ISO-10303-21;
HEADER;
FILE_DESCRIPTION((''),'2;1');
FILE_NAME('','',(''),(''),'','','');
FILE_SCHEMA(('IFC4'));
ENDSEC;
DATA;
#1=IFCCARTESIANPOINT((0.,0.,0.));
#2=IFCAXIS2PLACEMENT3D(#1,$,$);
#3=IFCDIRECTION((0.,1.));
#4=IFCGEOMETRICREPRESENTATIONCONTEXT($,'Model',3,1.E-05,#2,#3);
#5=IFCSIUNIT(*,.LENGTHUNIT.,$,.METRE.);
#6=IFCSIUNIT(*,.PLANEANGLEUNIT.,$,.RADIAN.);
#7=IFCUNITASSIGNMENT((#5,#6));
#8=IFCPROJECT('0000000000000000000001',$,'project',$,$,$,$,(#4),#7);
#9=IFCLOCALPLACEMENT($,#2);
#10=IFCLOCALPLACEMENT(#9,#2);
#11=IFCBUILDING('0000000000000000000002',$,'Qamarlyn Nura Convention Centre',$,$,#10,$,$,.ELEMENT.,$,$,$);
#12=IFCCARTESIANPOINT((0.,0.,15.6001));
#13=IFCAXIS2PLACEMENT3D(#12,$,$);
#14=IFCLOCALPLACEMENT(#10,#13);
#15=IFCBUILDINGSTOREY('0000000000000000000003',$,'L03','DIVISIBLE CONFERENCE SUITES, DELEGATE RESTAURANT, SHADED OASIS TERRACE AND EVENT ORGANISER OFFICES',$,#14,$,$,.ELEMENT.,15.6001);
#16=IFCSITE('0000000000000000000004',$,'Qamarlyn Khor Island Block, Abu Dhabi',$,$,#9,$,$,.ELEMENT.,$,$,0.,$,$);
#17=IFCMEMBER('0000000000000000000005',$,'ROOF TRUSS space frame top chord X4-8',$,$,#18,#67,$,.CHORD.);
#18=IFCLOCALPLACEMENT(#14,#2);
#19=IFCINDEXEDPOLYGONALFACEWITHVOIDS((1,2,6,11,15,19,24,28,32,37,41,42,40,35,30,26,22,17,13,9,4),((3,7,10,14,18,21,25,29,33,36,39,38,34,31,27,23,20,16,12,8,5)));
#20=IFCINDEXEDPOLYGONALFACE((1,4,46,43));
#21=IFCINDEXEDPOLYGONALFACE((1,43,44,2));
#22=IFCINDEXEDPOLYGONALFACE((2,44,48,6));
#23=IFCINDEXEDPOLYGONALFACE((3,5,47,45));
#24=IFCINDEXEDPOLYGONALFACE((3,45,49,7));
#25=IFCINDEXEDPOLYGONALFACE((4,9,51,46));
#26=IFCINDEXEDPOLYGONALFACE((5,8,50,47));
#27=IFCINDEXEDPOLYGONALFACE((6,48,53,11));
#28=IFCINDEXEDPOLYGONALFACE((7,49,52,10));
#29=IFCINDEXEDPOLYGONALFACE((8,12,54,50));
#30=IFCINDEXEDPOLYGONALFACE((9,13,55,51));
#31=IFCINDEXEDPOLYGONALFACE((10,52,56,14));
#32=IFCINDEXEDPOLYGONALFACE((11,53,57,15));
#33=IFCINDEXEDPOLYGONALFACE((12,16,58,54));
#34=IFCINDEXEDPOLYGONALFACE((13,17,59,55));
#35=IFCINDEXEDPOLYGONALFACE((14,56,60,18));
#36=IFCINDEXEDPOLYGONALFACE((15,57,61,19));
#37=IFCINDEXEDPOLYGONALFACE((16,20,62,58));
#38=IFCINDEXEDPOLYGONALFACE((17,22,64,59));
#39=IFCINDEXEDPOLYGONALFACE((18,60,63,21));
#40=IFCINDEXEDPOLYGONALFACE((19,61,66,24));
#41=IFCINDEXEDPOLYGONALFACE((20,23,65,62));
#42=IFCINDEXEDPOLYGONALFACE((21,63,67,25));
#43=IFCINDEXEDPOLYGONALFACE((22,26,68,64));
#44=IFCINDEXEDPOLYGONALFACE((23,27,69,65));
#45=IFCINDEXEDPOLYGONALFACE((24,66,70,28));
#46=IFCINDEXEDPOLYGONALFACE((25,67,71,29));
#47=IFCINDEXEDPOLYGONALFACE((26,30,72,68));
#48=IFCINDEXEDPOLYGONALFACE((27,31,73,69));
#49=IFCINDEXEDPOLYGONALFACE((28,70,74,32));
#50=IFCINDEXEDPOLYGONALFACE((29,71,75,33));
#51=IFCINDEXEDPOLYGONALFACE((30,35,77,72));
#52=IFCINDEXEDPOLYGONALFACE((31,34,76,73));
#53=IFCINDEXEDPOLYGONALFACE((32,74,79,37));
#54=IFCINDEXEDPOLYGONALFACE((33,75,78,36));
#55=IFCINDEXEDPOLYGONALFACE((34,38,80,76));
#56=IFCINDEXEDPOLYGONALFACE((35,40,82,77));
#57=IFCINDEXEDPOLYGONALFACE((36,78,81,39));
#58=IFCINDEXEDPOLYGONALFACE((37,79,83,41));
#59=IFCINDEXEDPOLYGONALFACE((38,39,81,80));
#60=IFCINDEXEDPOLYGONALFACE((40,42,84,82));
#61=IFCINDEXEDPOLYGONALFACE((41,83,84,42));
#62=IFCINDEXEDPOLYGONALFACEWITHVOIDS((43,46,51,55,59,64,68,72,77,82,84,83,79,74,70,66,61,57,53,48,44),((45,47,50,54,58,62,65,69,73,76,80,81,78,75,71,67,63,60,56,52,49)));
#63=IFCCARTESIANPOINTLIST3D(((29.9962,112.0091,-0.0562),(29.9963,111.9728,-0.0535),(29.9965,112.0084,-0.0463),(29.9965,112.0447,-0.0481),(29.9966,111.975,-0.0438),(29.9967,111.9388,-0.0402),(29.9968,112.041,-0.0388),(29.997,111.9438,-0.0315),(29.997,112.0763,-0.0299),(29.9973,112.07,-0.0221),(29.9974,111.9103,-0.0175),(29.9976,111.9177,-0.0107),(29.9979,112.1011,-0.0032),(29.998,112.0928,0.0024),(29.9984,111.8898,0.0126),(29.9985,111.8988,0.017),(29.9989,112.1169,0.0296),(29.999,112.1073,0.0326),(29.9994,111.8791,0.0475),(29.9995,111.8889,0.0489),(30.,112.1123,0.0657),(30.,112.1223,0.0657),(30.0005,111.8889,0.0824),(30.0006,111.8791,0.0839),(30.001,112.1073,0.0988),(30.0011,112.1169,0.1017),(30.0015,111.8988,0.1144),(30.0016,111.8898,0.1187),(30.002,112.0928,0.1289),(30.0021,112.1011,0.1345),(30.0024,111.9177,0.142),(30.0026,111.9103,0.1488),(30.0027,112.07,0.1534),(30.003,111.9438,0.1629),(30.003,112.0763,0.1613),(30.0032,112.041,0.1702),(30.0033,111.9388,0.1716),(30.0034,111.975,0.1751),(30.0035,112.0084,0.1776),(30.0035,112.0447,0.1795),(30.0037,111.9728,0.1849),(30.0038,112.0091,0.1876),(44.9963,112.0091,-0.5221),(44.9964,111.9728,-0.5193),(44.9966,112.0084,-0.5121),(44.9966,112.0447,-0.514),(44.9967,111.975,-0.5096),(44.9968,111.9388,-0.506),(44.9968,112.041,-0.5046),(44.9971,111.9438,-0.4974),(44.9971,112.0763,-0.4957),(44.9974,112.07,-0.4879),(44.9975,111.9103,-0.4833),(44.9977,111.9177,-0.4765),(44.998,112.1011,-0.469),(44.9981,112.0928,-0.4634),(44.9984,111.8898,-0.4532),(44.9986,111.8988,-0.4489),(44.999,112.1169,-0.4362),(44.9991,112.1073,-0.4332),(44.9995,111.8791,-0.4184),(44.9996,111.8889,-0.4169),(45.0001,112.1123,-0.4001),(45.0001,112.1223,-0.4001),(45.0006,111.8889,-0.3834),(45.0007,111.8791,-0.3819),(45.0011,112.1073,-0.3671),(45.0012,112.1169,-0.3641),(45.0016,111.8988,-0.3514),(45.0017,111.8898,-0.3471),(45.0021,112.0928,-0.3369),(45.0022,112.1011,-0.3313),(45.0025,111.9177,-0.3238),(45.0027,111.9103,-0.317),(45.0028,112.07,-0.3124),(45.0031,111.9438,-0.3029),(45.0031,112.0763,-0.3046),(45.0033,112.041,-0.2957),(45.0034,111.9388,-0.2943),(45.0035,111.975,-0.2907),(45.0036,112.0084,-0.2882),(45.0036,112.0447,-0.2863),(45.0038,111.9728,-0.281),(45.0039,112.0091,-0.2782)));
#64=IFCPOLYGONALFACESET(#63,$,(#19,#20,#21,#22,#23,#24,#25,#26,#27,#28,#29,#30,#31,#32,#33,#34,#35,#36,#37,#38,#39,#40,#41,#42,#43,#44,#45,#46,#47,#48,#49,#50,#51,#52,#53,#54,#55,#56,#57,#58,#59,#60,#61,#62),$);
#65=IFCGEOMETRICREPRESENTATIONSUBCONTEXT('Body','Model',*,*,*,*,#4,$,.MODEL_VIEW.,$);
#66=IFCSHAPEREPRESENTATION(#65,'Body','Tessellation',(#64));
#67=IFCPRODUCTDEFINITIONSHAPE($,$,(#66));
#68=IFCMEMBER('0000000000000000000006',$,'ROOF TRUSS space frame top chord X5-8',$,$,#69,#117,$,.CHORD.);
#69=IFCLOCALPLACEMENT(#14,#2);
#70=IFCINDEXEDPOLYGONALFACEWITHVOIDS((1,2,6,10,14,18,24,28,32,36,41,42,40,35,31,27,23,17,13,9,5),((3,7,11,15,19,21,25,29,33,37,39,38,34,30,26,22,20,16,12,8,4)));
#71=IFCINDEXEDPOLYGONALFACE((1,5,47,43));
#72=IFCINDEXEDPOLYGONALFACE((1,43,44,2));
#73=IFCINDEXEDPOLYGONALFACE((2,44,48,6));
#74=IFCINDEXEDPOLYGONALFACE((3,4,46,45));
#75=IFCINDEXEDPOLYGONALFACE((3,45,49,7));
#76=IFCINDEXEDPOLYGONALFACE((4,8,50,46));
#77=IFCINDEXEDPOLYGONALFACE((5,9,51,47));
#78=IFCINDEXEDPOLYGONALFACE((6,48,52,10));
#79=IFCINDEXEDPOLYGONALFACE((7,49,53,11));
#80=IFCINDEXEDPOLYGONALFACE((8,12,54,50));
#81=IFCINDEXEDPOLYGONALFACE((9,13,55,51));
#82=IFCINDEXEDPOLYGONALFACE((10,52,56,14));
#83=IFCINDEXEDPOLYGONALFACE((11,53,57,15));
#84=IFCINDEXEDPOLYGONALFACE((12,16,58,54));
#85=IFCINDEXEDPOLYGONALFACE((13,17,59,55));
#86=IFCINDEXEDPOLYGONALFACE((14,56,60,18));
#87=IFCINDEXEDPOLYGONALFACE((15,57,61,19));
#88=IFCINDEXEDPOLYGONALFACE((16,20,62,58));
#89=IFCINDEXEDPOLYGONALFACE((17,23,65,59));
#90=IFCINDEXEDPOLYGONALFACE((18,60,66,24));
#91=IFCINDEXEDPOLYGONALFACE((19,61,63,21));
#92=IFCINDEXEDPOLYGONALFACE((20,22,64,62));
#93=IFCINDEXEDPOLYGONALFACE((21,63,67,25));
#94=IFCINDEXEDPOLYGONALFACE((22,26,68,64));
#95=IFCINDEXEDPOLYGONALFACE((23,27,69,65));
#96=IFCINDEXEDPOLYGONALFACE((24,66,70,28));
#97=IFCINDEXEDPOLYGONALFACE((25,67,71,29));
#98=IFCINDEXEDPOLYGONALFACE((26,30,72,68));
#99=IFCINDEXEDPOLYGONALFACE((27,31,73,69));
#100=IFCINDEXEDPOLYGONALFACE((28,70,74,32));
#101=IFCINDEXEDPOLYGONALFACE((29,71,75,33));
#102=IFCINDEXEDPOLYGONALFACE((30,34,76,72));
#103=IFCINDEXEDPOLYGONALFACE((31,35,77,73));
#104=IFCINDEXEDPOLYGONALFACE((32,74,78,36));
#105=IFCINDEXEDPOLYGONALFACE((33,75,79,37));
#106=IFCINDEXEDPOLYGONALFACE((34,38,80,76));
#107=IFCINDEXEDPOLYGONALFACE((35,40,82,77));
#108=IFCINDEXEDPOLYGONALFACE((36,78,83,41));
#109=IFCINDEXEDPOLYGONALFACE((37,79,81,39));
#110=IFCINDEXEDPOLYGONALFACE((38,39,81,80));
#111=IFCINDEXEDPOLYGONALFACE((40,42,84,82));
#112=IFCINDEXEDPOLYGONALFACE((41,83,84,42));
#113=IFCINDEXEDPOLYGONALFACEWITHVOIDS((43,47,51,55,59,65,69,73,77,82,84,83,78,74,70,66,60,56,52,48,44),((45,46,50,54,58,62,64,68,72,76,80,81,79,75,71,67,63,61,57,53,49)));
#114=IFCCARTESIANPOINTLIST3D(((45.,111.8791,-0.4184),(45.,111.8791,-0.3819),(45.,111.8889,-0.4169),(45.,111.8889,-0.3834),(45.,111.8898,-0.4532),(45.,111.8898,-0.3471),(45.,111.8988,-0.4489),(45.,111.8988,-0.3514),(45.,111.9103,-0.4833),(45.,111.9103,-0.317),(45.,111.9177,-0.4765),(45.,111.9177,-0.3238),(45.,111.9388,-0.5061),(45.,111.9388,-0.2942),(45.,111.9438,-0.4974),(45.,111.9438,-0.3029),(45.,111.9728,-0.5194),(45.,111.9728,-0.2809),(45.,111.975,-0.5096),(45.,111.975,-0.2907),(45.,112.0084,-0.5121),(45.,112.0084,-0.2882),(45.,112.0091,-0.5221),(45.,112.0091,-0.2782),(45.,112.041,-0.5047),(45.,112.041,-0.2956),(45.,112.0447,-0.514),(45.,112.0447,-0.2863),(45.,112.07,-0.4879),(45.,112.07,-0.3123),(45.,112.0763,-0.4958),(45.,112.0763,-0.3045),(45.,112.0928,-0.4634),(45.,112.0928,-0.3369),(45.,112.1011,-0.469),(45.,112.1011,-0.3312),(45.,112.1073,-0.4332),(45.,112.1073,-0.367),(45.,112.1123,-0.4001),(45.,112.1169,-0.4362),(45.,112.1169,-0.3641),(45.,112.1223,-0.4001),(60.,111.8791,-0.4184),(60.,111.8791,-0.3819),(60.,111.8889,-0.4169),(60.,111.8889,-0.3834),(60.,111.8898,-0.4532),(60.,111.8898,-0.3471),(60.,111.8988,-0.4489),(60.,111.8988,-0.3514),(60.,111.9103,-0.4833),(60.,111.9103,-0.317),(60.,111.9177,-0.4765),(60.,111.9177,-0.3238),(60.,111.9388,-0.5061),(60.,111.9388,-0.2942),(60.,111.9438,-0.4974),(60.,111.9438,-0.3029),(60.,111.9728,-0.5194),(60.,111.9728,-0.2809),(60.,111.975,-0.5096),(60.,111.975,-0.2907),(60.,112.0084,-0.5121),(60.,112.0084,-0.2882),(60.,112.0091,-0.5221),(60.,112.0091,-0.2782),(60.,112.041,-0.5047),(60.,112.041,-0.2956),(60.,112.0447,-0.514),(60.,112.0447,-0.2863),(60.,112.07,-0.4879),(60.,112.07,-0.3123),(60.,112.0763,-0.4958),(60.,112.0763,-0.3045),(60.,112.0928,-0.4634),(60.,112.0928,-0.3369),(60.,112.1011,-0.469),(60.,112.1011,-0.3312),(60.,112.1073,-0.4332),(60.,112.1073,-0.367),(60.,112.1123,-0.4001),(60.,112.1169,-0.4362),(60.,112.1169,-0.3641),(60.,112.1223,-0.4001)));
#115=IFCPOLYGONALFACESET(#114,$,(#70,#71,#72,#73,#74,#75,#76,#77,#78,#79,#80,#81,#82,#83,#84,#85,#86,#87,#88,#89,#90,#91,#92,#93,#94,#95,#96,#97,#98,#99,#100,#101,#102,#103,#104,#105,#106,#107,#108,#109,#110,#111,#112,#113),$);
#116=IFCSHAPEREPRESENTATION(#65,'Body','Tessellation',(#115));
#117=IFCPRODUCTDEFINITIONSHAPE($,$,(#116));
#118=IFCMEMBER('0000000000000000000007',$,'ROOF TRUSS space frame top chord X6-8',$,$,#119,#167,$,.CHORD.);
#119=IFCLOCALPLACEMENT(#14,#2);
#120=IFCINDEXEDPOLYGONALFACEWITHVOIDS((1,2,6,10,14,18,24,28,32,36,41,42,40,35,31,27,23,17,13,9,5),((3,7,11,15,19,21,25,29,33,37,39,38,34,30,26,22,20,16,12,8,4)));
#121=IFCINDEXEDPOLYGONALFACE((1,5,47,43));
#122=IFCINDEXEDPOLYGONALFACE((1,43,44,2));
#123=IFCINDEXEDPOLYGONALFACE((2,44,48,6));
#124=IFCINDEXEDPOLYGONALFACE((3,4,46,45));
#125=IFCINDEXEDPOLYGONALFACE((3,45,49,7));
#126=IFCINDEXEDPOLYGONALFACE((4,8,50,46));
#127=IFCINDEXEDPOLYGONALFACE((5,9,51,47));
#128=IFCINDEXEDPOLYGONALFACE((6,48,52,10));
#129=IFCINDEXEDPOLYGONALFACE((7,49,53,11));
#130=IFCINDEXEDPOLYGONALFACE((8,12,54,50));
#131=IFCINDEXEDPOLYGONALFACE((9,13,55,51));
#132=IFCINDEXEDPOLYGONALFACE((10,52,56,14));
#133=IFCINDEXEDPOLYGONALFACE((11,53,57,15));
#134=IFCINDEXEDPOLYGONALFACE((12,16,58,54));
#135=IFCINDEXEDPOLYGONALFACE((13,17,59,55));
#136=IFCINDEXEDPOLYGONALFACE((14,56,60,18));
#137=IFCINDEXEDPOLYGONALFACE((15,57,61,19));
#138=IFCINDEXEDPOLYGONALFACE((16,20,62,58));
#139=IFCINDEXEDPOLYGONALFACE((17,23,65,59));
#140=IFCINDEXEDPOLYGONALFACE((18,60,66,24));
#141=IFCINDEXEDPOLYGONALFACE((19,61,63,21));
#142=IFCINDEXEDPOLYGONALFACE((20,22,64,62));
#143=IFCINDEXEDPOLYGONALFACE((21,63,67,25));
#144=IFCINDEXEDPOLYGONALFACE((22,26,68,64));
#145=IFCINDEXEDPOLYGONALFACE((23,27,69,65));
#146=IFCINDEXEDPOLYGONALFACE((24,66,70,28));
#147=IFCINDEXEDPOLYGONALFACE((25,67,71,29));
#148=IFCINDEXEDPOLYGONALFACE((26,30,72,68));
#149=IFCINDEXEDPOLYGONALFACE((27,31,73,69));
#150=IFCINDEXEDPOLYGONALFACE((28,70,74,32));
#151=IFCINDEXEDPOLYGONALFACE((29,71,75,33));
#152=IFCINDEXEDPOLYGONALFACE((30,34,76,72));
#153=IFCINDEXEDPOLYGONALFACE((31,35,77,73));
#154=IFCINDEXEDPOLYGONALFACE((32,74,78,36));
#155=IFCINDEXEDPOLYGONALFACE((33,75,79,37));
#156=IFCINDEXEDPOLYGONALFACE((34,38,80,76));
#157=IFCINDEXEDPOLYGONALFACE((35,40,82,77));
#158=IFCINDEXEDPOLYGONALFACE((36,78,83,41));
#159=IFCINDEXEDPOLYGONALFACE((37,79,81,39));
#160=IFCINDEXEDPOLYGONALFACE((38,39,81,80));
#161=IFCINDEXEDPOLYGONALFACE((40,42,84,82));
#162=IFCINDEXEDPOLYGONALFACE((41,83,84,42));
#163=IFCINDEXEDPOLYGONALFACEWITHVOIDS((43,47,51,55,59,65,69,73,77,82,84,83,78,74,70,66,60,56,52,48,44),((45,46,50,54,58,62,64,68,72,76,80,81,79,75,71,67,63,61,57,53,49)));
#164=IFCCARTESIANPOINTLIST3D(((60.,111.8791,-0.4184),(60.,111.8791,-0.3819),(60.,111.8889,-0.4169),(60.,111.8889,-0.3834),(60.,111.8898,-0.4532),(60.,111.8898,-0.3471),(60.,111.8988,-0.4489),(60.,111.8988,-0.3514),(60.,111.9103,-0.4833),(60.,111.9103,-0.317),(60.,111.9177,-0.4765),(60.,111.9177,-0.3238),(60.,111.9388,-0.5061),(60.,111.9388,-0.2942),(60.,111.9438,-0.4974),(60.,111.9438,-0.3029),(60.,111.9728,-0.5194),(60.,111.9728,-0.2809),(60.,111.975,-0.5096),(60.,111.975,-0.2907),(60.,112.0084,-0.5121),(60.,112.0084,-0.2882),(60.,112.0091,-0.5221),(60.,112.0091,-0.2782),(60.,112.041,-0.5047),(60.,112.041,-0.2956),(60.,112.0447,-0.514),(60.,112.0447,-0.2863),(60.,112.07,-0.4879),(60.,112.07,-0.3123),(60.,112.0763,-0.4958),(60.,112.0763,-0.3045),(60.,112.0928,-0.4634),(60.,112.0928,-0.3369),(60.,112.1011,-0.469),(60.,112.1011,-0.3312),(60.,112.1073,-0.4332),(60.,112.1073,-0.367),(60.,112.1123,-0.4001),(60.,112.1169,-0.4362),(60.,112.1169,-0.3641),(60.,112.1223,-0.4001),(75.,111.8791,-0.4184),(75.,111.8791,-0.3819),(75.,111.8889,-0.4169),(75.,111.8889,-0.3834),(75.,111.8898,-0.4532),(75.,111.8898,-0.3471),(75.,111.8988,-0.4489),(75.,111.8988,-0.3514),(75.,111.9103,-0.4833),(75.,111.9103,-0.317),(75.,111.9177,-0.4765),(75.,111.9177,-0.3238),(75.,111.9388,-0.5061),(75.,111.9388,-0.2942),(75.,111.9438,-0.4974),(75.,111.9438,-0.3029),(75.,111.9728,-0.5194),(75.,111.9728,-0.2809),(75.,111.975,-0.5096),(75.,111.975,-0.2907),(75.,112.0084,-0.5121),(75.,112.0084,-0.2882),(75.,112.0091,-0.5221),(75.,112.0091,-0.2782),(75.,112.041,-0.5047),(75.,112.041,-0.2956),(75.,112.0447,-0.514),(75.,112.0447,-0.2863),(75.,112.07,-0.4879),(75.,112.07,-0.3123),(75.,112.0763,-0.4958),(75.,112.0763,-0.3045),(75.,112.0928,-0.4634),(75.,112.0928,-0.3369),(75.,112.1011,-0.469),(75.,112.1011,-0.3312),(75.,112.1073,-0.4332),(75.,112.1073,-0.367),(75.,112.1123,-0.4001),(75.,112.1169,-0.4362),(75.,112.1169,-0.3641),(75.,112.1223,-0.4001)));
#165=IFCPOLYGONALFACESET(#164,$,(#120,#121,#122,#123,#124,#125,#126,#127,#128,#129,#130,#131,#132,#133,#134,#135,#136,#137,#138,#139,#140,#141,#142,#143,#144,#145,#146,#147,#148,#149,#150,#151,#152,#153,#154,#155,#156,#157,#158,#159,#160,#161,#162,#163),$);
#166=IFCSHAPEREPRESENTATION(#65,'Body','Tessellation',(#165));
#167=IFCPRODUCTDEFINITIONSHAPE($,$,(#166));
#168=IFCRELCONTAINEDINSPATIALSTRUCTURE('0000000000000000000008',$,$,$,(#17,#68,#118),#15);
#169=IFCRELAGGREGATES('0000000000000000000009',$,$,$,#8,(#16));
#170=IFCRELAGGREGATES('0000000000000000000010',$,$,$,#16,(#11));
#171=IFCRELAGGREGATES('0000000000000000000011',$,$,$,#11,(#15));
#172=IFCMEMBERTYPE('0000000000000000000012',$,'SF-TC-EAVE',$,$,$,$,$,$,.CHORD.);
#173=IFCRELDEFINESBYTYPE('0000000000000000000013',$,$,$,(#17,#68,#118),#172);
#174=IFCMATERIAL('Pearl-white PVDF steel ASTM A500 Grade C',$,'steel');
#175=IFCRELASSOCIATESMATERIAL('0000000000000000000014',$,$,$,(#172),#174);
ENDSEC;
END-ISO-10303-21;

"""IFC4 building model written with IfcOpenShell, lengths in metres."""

from ifc_helpers import new_model, si_unit, direction, frame, origin, origin_2d, place, context, subcontext, project, spatial, hollow_circle, extrude, material, material_profile, profile_set, type_object, element, save


model = new_model("IFC4")

# Units and contexts
model_context = context("Model", 3, precision=1e-05, world=origin(), true_north=direction((0.0, 1.0)))
body_context = subcontext(model_context, "Body", "Model", "MODEL_VIEW")
ifc_project = project(units=[si_unit("LENGTHUNIT", "METRE"), si_unit("PLANEANGLEUNIT", "RADIAN")], contexts=[model_context])

# Site, building, storey
site_placement = place(None, origin())
site = spatial("IfcSite", under=ifc_project, at=site_placement, Name="Qamarlyn Khor Island Block, Abu Dhabi", CompositionType="ELEMENT", RefElevation=0.0)
building_placement = place(site_placement, origin())
building = spatial("IfcBuilding", under=site, at=building_placement, Name="Qamarlyn Nura Convention Centre", CompositionType="ELEMENT")
storey_placement = place(building_placement, frame((0.0, 0.0, 15.6001)))
storey = spatial("IfcBuildingStorey", under=building, at=storey_placement, Name="L03", Description="DIVISIBLE CONFERENCE SUITES, DELEGATE RESTAURANT, SHADED OASIS TERRACE AND EVENT ORGANISER OFFICES", CompositionType="ELEMENT", Elevation=15.6001)

# Members
ifc_material_1 = material(Name="Pearl-white PVDF steel ASTM A500 Grade C", Category="steel")
ifc_material_profile_1 = material_profile(ifc_material_1, hollow_circle(Radius=0.1223, WallThickness=0.01, at=origin_2d()), Name="CHS244.5X10")
ifc_profile_set_1 = profile_set([ifc_material_profile_1], Name="Pearl-white PVDF steel ASTM A500 Grade C")
member_type_1 = type_object("IfcMemberType", Name="SF-TC-EAVE", PredefinedType="CHORD", material=ifc_profile_set_1)
member_1_placement = place(storey_placement, frame((30.0, 112.0, 0.0657), z_axis=(0.999518, 0.0, -0.03104), x_axis=(0.0, 1.0, 0.0)))
element("IfcMember", 1, at=member_1_placement, inside=storey, type_object=member_type_1, Name="ROOF TRUSS space frame top chord X4-8", PredefinedType="CHORD", context=body_context, shape_type="SweptSolid", body=[
    extrude(hollow_circle(Radius=0.1223, WallThickness=0.01, at=origin_2d()), origin(), (0.0, 0.0, 1.0), 15.0073),
])
for number, where, z_axis, x_axis, name in (
    (2, (45.0, 112.0, -0.4001), (1.0, 0.0, 0.0), (0.0, 1.0, 0.0), "ROOF TRUSS space frame top chord X5-8"),
    (3, (60.0, 112.0, -0.4001), (1.0, 0.0, 0.0), (0.0, 1.0, 0.0), "ROOF TRUSS space frame top chord X6-8"),
):
    element("IfcMember", number, at=place(storey_placement, frame(where, z_axis=z_axis, x_axis=x_axis)), inside=storey, type_object=member_type_1, Name=name, PredefinedType="CHORD", context=body_context, shape_type="SweptSolid", body=[
        extrude(hollow_circle(Radius=0.1223, WallThickness=0.01, at=origin_2d()), origin(), (0.0, 0.0, 1.0), 15.0),
    ])

save(model, "model.ifc")
